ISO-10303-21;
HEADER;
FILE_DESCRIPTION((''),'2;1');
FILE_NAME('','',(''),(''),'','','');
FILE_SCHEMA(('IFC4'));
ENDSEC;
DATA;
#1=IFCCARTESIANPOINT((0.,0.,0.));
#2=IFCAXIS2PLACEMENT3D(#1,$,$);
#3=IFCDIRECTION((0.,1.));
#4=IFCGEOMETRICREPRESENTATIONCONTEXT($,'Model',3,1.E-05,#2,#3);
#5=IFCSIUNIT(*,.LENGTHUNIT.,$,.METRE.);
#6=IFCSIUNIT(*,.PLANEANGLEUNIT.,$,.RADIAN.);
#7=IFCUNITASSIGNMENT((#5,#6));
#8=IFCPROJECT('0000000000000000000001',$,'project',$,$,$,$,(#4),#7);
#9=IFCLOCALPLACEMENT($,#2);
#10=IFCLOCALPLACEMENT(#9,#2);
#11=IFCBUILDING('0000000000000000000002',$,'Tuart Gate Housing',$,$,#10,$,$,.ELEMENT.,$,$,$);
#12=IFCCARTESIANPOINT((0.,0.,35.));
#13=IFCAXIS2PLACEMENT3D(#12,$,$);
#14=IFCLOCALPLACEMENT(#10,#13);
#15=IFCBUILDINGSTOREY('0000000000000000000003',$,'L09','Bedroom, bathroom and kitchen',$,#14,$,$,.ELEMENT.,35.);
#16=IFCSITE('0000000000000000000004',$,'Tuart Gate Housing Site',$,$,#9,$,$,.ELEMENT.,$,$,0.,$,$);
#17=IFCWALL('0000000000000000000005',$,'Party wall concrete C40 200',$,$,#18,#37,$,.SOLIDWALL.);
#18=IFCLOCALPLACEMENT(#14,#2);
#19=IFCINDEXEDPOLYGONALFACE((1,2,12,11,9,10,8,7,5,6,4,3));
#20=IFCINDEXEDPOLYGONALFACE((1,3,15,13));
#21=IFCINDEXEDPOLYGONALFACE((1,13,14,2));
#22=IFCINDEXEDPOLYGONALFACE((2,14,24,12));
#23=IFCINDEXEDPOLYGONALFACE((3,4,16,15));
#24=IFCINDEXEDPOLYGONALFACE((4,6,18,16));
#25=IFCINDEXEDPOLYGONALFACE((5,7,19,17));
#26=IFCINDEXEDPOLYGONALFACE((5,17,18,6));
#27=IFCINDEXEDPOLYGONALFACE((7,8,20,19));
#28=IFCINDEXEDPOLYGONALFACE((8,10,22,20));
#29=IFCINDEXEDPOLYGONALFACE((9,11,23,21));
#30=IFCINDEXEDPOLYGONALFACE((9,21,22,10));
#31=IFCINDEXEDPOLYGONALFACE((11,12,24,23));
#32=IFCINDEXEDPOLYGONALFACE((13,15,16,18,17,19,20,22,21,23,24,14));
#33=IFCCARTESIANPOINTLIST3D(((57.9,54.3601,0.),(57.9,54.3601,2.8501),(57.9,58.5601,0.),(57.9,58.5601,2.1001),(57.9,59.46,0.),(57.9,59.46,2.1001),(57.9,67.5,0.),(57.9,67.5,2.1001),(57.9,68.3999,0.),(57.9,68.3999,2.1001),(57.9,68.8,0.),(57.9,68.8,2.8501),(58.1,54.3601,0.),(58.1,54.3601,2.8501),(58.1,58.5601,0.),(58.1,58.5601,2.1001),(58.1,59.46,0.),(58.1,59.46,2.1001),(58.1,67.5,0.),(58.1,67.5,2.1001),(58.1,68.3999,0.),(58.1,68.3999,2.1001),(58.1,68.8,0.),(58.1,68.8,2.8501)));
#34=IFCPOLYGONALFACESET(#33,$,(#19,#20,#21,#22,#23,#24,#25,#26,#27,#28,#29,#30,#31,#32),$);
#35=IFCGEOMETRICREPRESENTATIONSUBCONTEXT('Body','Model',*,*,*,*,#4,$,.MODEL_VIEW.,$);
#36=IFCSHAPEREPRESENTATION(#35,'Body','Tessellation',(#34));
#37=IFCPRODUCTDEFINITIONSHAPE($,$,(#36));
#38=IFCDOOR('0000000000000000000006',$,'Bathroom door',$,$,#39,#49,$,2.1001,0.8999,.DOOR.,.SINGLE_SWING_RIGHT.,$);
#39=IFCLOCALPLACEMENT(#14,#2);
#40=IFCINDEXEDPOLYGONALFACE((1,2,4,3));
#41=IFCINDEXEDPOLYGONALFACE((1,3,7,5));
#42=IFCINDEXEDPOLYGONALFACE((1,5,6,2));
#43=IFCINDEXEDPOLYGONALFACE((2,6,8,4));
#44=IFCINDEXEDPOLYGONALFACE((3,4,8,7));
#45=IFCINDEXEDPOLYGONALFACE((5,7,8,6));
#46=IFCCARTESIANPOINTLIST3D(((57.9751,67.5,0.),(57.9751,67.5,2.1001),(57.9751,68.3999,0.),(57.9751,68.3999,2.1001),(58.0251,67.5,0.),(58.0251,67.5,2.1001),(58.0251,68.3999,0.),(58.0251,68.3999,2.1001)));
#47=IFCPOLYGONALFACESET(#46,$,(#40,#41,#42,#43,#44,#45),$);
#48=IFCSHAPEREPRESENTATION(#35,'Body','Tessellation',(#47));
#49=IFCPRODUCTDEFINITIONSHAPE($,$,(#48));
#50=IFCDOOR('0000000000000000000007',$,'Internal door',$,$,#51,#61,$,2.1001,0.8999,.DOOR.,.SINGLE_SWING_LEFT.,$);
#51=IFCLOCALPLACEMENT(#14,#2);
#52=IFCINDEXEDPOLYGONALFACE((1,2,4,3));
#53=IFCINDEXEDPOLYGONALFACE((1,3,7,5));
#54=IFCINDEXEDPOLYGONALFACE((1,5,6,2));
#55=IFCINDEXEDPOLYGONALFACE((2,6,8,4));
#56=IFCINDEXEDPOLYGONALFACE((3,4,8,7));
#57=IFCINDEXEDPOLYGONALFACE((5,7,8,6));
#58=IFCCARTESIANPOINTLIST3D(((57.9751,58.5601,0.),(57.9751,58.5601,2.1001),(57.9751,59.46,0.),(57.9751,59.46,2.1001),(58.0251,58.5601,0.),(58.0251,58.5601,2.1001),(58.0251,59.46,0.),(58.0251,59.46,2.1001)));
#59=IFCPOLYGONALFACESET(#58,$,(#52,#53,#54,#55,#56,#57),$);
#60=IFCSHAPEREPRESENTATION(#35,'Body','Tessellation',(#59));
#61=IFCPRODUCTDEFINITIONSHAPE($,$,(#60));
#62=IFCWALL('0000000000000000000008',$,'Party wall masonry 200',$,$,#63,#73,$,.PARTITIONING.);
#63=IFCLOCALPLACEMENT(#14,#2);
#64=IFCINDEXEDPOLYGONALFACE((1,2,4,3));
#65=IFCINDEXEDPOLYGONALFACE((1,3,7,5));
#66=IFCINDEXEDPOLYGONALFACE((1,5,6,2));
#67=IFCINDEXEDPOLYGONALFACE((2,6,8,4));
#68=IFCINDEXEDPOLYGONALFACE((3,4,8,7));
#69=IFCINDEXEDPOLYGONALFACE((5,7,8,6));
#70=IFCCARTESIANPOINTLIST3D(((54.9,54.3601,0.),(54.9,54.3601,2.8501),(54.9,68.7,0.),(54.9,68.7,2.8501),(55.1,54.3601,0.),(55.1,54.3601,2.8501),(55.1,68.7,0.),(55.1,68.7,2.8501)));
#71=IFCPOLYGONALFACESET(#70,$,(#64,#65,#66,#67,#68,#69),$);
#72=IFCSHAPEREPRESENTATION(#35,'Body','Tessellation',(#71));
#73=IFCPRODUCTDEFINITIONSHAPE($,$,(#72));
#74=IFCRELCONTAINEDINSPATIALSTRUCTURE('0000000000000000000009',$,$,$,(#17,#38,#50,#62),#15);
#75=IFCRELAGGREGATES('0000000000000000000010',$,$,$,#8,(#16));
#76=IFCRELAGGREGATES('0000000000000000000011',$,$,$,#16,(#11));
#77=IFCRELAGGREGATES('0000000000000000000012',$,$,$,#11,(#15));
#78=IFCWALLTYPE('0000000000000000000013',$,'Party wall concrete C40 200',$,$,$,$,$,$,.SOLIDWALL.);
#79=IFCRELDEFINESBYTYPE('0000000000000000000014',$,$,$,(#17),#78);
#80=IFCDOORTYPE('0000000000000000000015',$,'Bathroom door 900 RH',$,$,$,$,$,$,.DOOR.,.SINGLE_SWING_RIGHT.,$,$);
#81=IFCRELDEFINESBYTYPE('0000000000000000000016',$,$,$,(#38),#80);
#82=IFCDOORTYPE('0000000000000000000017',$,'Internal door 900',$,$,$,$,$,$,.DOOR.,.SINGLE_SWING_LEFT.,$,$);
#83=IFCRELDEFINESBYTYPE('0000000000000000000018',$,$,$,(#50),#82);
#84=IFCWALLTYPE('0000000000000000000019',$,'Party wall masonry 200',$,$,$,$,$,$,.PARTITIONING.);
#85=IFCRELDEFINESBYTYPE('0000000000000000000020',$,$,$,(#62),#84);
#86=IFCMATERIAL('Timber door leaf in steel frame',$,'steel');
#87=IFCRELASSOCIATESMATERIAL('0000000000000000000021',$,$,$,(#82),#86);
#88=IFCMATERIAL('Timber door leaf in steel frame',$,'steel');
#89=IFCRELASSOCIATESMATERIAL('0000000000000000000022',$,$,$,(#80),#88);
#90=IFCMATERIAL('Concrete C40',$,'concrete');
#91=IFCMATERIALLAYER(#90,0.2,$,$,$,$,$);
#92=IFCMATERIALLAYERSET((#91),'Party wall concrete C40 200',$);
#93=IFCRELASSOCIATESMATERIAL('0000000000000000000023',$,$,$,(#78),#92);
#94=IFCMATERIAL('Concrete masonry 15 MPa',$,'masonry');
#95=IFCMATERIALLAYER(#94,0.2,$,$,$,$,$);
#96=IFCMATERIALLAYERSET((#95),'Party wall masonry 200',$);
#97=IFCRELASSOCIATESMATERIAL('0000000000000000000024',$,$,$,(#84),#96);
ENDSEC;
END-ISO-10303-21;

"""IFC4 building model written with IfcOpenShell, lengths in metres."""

from ifc_helpers import new_model, si_unit, direction, frame, frame_2d, origin, place, context, subcontext, project, spatial, rectangle, extrude, material, layer, layer_set, type_object, element, fill, save


model = new_model("IFC4")

# Units and contexts
model_context = context("Model", 3, precision=1e-05, world=origin(), true_north=direction((0.0, 1.0)))
body_context = subcontext(model_context, "Body", "Model", "MODEL_VIEW")
ifc_project = project(units=[si_unit("LENGTHUNIT", "METRE"), si_unit("PLANEANGLEUNIT", "RADIAN")], contexts=[model_context])

# Site, building, storey
site_placement = place(None, origin())
site = spatial("IfcSite", under=ifc_project, at=site_placement, Name="Tuart Gate Housing Site", CompositionType="ELEMENT", RefElevation=0.0)
building_placement = place(site_placement, origin())
building = spatial("IfcBuilding", under=site, at=building_placement, Name="Tuart Gate Housing", CompositionType="ELEMENT")
storey_placement = place(building_placement, frame((0.0, 0.0, 35.0)))
storey = spatial("IfcBuildingStorey", under=building, at=storey_placement, Name="L09", Description="Bedroom, bathroom and kitchen", CompositionType="ELEMENT", Elevation=35.0)

# Shared definitions
ifc_material_1 = material(Name="Timber door leaf in steel frame", Category="steel")
door_type_1 = type_object("IfcDoorType", Name="Internal door 900", OperationType="SINGLE_SWING_LEFT", PredefinedType="DOOR", material=ifc_material_1)

# Shared definitions
ifc_material_2 = material(Name="Timber door leaf in steel frame", Category="steel")
door_type_2 = type_object("IfcDoorType", Name="Bathroom door 900 RH", OperationType="SINGLE_SWING_RIGHT", PredefinedType="DOOR", material=ifc_material_2)

# Shared definitions
ifc_material_3 = material(Name="Concrete C40", Category="concrete")
ifc_layer_1 = layer(ifc_material_3, 0.2)
ifc_layer_set_1 = layer_set([ifc_layer_1], Name="Party wall concrete C40 200")
wall_type_1 = type_object("IfcWallType", Name="Party wall concrete C40 200", PredefinedType="SOLIDWALL", material=ifc_layer_set_1)

# Wall, openings, doors
wall_1_placement = place(storey_placement, frame((58.0, 54.3601, 0.0), z_axis=(0.0, 0.0, 1.0), x_axis=(0.0, 1.0, 0.0)))
wall_1 = element("IfcWall", 1, at=wall_1_placement, inside=storey, type_object=wall_type_1, Name="Party wall concrete C40 200", PredefinedType="SOLIDWALL", context=body_context, shape_type="SweptSolid", body=[
    extrude(rectangle(XDim=14.4399, YDim=0.2, at=frame_2d((7.22, 0.0))), origin(), (0.0, 0.0, 1.0), 2.8501),
])
opening_1_placement = place(wall_1_placement, frame((4.2, 0.0, 0.0)))
opening_1 = element("IfcOpeningElement", 2, at=opening_1_placement, cuts=wall_1, PredefinedType="OPENING", context=body_context, shape_type="SweptSolid", body=[
    extrude(rectangle(XDim=0.8999, YDim=2.1001, at=frame_2d((0.45, 1.05))), frame((0.0, 0.1099, 0.0), z_axis=(0.0, -1.0, 0.0), x_axis=(1.0, 0.0, 0.0)), (0.0, 0.0, 1.0), 0.22),
])
opening_2_placement = place(wall_1_placement, frame((13.1399, 0.0, 0.0)))
opening_2 = element("IfcOpeningElement", 3, at=opening_2_placement, cuts=wall_1, PredefinedType="OPENING", context=body_context, shape_type="SweptSolid", body=[
    extrude(rectangle(XDim=0.8999, YDim=2.1001, at=frame_2d((0.45, 1.05))), frame((0.0, 0.1099, 0.0), z_axis=(0.0, -1.0, 0.0), x_axis=(1.0, 0.0, 0.0)), (0.0, 0.0, 1.0), 0.22),
])
door_1_placement = place(opening_2_placement, origin())
door_1 = element("IfcDoor", 4, at=door_1_placement, inside=storey, type_object=door_type_2, Name="Bathroom door", OperationType="SINGLE_SWING_RIGHT", OverallHeight=2.1001, OverallWidth=0.8999, PredefinedType="DOOR", context=body_context, shape_type="SweptSolid", body=[
    extrude(rectangle(XDim=0.8999, YDim=2.1001, at=frame_2d((0.45, 1.05))), frame((0.0, 0.0249, 0.0), z_axis=(0.0, -1.0, 0.0), x_axis=(1.0, 0.0, 0.0)), (0.0, 0.0, 1.0), 0.05),
])
fill(opening_2, door_1)
door_2_placement = place(opening_1_placement, origin())
door_2 = element("IfcDoor", 5, at=door_2_placement, inside=storey, type_object=door_type_1, Name="Internal door", OperationType="SINGLE_SWING_LEFT", OverallHeight=2.1001, OverallWidth=0.8999, PredefinedType="DOOR", context=body_context, shape_type="SweptSolid", body=[
    extrude(rectangle(XDim=0.8999, YDim=2.1001, at=frame_2d((0.45, 1.05))), frame((0.0, 0.0249, 0.0), z_axis=(0.0, -1.0, 0.0), x_axis=(1.0, 0.0, 0.0)), (0.0, 0.0, 1.0), 0.05),
])
fill(opening_1, door_2)

# Wall
ifc_material_4 = material(Name="Concrete masonry 15 MPa", Category="masonry")
ifc_layer_2 = layer(ifc_material_4, 0.2)
ifc_layer_set_2 = layer_set([ifc_layer_2], Name="Party wall masonry 200")
wall_type_2 = type_object("IfcWallType", Name="Party wall masonry 200", PredefinedType="PARTITIONING", material=ifc_layer_set_2)
wall_2_placement = place(storey_placement, frame((55.0, 54.3601, 0.0), z_axis=(0.0, 0.0, 1.0), x_axis=(0.0, 1.0, 0.0)))
element("IfcWall", 6, at=wall_2_placement, inside=storey, type_object=wall_type_2, Name="Party wall masonry 200", PredefinedType="PARTITIONING", context=body_context, shape_type="SweptSolid", body=[
    extrude(rectangle(XDim=14.3398, YDim=0.2, at=frame_2d((7.1699, 0.0))), origin(), (0.0, 0.0, 1.0), 2.8501),
])

save(model, "model.ifc")
